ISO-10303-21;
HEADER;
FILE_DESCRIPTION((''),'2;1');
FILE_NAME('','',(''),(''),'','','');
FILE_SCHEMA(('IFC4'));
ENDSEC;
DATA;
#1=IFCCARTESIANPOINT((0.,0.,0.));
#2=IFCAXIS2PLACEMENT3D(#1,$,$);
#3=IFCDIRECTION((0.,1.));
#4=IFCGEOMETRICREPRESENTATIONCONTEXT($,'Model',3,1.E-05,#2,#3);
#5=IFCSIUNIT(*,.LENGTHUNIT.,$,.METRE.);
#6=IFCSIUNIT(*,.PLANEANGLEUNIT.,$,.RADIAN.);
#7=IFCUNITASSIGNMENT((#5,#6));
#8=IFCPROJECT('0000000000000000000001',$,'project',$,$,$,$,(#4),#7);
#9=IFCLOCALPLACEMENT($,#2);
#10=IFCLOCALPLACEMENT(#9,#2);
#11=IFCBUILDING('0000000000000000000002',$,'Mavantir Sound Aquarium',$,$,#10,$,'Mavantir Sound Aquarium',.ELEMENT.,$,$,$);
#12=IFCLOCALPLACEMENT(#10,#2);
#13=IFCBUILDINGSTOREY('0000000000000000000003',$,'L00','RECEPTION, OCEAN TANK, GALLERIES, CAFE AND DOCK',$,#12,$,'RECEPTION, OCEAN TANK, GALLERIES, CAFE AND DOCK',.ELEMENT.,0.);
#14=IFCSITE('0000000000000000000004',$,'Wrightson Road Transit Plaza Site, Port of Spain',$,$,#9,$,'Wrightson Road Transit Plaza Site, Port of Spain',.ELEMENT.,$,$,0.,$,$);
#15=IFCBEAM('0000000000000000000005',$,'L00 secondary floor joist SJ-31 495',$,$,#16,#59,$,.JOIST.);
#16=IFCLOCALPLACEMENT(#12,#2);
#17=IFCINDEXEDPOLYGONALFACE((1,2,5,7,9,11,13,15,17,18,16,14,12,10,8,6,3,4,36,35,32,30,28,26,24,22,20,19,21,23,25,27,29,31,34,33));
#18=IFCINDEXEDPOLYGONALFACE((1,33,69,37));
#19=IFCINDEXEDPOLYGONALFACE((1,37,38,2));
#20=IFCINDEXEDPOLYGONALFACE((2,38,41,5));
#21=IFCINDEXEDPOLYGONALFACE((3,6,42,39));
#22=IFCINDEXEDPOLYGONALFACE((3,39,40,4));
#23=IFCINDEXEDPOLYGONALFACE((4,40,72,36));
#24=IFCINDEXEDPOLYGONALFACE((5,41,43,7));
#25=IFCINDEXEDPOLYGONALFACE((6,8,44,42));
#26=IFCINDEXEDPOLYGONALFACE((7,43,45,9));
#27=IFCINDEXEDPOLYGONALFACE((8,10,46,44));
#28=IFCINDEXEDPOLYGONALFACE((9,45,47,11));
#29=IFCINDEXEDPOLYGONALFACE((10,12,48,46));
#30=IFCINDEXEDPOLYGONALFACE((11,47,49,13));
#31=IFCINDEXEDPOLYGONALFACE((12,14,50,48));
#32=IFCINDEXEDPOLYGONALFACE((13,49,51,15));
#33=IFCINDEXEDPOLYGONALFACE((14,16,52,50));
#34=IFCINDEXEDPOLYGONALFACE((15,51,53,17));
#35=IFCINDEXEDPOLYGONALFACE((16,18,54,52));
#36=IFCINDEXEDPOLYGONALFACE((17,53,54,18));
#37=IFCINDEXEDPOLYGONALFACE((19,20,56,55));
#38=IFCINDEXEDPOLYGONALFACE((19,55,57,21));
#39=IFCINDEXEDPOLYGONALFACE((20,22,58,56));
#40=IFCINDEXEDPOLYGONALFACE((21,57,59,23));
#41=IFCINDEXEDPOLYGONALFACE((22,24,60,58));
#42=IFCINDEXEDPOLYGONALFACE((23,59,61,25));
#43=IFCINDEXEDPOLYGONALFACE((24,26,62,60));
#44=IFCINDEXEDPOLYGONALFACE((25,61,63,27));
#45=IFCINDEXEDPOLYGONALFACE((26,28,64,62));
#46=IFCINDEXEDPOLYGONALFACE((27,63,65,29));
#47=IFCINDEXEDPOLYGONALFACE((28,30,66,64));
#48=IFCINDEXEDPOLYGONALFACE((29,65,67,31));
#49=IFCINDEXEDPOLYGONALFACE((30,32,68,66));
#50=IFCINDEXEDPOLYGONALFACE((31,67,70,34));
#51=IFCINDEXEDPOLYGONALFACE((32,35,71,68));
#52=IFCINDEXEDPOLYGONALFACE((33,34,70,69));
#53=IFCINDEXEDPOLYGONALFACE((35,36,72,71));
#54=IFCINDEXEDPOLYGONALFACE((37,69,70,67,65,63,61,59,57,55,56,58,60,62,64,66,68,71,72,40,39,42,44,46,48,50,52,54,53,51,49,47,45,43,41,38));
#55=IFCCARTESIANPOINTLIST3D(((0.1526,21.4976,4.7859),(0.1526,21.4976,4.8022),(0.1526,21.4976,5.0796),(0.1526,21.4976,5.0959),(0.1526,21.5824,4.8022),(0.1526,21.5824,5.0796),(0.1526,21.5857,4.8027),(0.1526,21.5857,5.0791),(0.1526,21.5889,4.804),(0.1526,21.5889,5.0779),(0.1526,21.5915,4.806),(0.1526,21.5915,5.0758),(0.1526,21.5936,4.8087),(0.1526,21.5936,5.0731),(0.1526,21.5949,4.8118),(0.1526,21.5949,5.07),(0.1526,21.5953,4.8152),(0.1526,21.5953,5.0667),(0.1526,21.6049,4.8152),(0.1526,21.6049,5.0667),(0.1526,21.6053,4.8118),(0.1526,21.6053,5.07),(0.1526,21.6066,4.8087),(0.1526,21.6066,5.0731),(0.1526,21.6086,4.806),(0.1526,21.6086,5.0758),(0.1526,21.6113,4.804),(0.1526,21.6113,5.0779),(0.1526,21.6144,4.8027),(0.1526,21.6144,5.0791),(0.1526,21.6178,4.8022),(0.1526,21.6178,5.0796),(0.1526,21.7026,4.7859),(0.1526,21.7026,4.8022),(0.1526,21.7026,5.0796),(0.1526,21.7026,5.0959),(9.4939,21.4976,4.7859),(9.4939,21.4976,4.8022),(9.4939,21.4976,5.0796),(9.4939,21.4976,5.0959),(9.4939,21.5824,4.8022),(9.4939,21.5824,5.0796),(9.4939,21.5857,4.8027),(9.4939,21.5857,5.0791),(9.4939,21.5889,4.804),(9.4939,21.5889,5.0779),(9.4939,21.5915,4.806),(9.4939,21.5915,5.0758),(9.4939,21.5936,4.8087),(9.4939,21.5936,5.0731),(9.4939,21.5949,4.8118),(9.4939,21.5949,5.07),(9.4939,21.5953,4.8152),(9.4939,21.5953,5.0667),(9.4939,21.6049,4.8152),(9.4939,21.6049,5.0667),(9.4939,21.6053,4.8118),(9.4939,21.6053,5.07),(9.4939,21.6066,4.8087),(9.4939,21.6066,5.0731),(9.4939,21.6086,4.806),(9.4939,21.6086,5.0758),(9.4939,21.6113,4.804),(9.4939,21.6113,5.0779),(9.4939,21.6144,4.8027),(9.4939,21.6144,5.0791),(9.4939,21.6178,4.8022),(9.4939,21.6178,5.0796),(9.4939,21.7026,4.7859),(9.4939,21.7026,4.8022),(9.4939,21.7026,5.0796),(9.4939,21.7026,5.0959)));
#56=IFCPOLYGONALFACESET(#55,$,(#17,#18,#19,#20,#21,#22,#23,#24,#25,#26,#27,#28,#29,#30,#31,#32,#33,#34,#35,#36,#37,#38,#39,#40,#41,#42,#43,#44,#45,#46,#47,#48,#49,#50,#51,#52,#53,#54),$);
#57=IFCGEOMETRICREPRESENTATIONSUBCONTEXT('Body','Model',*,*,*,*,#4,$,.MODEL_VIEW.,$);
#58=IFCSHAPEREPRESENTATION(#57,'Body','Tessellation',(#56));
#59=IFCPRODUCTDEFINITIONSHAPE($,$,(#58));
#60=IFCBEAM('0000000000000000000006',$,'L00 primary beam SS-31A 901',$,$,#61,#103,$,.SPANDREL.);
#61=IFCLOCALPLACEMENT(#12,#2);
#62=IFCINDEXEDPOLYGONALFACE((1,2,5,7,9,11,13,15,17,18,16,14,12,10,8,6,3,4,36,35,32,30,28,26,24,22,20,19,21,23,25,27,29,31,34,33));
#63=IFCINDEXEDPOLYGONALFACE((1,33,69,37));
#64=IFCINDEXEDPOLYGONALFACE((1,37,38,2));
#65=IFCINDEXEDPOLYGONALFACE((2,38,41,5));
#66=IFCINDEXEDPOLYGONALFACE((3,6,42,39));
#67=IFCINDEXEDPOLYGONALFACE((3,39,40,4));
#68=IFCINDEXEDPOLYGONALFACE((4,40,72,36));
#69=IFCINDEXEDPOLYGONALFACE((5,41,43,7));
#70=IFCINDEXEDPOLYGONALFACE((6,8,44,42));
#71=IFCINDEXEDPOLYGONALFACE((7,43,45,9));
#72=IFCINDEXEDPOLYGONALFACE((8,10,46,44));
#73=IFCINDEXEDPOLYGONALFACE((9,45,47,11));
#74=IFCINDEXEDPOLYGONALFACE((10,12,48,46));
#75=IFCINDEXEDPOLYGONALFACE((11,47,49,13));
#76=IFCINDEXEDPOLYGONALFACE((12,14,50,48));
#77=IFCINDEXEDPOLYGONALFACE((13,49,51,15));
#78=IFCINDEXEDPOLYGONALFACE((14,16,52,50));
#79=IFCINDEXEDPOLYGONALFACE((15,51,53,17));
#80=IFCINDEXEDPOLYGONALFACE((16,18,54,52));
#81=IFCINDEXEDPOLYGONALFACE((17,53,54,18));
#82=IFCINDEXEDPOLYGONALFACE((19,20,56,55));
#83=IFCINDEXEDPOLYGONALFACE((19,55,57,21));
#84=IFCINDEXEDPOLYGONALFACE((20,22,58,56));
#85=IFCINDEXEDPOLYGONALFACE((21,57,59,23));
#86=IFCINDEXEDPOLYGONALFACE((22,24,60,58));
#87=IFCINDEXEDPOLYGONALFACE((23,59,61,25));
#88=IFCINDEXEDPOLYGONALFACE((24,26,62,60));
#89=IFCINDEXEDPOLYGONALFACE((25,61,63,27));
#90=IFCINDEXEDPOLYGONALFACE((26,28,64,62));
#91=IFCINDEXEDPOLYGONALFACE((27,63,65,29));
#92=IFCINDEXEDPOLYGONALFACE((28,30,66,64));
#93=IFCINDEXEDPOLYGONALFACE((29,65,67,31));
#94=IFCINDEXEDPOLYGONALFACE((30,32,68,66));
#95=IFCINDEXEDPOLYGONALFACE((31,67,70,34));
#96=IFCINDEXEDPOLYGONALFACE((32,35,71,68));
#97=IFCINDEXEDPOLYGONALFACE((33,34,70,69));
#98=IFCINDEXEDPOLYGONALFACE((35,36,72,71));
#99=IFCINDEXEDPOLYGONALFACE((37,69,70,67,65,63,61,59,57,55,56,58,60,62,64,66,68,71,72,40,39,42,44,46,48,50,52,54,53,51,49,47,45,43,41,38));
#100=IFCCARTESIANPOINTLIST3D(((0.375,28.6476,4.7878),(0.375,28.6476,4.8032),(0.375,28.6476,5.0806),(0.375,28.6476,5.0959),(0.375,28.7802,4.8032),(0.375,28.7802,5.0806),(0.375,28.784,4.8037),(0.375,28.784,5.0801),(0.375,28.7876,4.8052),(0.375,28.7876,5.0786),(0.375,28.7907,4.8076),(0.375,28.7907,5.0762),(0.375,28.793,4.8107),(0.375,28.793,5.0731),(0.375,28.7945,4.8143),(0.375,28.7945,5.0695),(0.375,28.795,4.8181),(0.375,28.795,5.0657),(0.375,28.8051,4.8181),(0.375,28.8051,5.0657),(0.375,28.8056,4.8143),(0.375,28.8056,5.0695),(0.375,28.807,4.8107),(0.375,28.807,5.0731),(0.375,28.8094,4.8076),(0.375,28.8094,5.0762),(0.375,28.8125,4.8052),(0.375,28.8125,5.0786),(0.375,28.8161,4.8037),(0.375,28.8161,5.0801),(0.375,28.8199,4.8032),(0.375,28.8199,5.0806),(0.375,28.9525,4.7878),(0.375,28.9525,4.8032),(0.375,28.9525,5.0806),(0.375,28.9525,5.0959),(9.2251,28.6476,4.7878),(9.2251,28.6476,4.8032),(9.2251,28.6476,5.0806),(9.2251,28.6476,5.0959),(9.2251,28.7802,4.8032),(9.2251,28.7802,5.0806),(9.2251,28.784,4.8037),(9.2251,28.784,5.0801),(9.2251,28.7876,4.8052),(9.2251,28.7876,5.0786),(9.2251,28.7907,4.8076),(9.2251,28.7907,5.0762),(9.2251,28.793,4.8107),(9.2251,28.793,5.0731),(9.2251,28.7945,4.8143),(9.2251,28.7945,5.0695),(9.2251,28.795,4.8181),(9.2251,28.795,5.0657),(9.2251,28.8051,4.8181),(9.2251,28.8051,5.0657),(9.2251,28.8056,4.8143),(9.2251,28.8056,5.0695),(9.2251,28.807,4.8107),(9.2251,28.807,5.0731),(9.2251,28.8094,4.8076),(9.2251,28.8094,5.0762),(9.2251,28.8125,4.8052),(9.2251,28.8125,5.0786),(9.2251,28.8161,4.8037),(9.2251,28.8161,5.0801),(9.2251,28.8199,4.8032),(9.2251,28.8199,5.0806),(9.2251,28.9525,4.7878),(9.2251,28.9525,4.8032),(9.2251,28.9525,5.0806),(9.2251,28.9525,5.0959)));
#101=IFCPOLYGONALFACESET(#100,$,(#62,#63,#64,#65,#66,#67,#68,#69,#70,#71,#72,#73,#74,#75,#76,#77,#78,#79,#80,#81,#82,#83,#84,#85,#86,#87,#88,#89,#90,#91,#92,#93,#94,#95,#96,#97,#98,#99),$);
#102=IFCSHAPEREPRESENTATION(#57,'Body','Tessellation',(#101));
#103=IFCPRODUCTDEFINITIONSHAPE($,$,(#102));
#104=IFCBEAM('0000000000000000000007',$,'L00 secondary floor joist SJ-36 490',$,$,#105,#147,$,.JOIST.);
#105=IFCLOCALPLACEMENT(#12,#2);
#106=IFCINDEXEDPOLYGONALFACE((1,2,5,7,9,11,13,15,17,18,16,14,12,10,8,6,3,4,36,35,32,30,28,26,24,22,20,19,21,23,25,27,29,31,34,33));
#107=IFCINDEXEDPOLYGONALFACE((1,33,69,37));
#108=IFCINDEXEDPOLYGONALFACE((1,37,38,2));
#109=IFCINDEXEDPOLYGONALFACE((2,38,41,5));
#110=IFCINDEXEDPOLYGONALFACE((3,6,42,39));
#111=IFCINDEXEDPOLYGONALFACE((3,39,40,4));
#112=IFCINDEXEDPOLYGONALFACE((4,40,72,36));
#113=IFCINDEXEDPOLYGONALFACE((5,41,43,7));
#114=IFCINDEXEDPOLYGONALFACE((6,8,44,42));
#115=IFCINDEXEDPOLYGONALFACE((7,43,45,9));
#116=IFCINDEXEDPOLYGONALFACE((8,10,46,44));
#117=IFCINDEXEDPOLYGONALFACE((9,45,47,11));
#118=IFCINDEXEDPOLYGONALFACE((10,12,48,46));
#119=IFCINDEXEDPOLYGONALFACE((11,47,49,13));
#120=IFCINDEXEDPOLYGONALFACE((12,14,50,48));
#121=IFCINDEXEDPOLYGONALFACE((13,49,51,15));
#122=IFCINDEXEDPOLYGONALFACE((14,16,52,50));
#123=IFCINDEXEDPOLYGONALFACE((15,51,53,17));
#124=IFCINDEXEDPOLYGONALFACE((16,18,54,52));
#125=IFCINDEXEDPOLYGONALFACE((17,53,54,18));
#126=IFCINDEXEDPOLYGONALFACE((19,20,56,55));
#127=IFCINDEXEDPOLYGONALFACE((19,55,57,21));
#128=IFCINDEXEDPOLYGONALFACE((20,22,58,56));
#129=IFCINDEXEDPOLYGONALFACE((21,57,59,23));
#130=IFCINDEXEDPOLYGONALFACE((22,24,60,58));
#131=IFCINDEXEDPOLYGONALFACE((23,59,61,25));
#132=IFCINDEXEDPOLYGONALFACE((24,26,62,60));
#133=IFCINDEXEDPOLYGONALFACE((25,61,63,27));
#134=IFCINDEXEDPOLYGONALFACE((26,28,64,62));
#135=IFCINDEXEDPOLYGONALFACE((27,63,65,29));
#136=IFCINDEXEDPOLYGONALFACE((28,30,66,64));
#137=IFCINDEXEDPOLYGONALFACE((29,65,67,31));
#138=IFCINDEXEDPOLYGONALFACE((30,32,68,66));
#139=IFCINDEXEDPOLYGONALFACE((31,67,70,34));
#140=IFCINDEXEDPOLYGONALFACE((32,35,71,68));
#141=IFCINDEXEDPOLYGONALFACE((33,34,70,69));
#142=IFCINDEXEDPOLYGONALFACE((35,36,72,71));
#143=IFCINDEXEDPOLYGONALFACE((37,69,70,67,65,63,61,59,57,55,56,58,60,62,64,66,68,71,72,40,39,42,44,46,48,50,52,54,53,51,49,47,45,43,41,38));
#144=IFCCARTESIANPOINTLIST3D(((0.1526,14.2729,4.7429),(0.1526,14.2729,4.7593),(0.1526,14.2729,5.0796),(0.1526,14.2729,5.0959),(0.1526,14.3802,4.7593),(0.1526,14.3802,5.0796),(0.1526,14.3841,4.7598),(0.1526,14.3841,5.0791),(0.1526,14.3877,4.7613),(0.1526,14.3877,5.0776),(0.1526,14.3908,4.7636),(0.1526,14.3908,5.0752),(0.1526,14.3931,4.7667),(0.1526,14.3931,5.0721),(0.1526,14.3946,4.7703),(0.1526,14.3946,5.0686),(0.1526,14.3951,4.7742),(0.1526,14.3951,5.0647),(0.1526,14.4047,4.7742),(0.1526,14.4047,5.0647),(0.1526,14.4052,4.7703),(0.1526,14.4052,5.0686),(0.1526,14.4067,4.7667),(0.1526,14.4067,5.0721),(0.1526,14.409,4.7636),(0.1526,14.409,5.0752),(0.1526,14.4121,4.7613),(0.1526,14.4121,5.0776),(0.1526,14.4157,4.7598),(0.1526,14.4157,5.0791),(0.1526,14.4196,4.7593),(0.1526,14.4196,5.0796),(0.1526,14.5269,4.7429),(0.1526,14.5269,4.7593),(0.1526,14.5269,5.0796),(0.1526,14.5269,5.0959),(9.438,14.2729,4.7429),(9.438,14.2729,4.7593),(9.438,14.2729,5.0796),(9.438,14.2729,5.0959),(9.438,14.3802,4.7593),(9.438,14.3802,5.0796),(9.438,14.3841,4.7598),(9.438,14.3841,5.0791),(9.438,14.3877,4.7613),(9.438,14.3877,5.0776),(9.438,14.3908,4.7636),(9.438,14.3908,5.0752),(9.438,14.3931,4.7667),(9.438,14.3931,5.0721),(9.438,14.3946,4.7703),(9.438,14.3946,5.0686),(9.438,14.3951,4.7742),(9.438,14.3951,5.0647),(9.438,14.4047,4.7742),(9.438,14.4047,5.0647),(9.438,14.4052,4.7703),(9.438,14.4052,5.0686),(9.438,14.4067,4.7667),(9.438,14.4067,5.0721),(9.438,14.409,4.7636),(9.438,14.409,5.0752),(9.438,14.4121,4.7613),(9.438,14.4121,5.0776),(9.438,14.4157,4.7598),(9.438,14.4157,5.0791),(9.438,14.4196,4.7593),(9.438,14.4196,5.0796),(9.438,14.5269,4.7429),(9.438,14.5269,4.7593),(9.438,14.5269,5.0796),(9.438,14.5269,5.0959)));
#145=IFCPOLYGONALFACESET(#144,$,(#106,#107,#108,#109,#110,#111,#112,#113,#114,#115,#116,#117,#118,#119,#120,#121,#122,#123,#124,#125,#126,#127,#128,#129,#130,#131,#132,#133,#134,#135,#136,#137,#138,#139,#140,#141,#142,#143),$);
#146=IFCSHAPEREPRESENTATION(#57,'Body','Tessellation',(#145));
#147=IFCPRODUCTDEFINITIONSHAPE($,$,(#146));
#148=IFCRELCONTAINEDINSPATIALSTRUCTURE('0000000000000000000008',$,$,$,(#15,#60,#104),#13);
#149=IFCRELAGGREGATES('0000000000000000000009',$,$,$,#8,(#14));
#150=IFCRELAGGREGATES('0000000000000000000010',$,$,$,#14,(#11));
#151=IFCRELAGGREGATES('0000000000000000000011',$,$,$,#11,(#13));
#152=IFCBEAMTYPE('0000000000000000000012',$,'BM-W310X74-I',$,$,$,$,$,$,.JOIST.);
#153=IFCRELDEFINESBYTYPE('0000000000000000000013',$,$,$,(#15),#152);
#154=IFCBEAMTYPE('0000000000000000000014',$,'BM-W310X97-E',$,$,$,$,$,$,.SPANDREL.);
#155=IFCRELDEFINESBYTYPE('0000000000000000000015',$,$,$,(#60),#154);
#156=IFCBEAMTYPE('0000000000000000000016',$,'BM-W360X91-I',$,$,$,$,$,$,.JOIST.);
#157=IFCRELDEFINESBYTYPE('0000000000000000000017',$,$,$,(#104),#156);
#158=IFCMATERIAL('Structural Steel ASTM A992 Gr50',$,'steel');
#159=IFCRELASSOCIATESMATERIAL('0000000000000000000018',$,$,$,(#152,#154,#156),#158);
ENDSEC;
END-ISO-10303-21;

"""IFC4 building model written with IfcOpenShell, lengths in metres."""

from ifc_helpers import new_model, si_unit, direction, frame, origin, origin_2d, place, context, subcontext, project, spatial, i_section, extrude, material, material_profile, profile_set, type_object, element, save


model = new_model("IFC4")

# Units and contexts
model_context = context("Model", 3, precision=1e-05, world=origin(), true_north=direction((0.0, 1.0)))
body_context = subcontext(model_context, "Body", "Model", "MODEL_VIEW")
ifc_project = project(units=[si_unit("LENGTHUNIT", "METRE"), si_unit("PLANEANGLEUNIT", "RADIAN")], contexts=[model_context])

# Site, building, storey
site_placement = place(None, origin())
site = spatial("IfcSite", under=ifc_project, at=site_placement, Name="Wrightson Road Transit Plaza Site, Port of Spain", LongName="Wrightson Road Transit Plaza Site, Port of Spain", CompositionType="ELEMENT", RefElevation=0.0)
building_placement = place(site_placement, origin())
building = spatial("IfcBuilding", under=site, at=building_placement, Name="Mavantir Sound Aquarium", LongName="Mavantir Sound Aquarium", CompositionType="ELEMENT")
storey_placement = place(building_placement, origin())
storey = spatial("IfcBuildingStorey", under=building, at=storey_placement, Name="L00", Description="RECEPTION, OCEAN TANK, GALLERIES, CAFE AND DOCK", LongName="RECEPTION, OCEAN TANK, GALLERIES, CAFE AND DOCK", CompositionType="ELEMENT", Elevation=0.0)

# Beams
ifc_material_1 = material(Name="Structural Steel ASTM A992 Gr50", Category="steel")
ifc_material_profile_1 = material_profile(ifc_material_1, i_section(OverallWidth=0.2051, OverallDepth=0.3101, WebThickness=0.0095, FlangeThickness=0.0164, FilletRadius=0.0129, at=origin_2d()), Name="W310X74")
ifc_profile_set_1 = profile_set([ifc_material_profile_1], Name="Structural Steel ASTM A992 Gr50")
beam_type_1 = type_object("IfcBeamType", Name="BM-W310X74-I", PredefinedType="JOIST", material=ifc_profile_set_1)
beam_1_placement = place(storey_placement, frame((0.1526, 21.6001, 4.9409), z_axis=(1.0, 0.0, 0.0), x_axis=(0.0, 1.0, 0.0)))
element("IfcBeam", 1, at=beam_1_placement, inside=storey, type_object=beam_type_1, Name="L00 secondary floor joist SJ-31 495", PredefinedType="JOIST", context=body_context, shape_type="SweptSolid", body=[
    extrude(i_section(OverallWidth=0.2051, OverallDepth=0.3101, WebThickness=0.0095, FlangeThickness=0.0164, FilletRadius=0.0129, at=origin_2d()), origin(), (0.0, 0.0, 1.0), 9.3413),
])
ifc_material_profile_2 = material_profile(ifc_material_1, i_section(OverallWidth=0.3049, OverallDepth=0.3081, WebThickness=0.01, FlangeThickness=0.0154, FilletRadius=0.0149, at=origin_2d()), Name="W310X97")
ifc_profile_set_2 = profile_set([ifc_material_profile_2], Name="Structural Steel ASTM A992 Gr50")
beam_type_2 = type_object("IfcBeamType", Name="BM-W310X97-E", PredefinedType="SPANDREL", material=ifc_profile_set_2)
beam_2_placement = place(storey_placement, frame((0.375, 28.8, 4.9419), z_axis=(1.0, 0.0, 0.0), x_axis=(0.0, 1.0, 0.0)))
element("IfcBeam", 2, at=beam_2_placement, inside=storey, type_object=beam_type_2, Name="L00 primary beam SS-31A 901", PredefinedType="SPANDREL", context=body_context, shape_type="SweptSolid", body=[
    extrude(i_section(OverallWidth=0.3049, OverallDepth=0.3081, WebThickness=0.01, FlangeThickness=0.0154, FilletRadius=0.0149, at=origin_2d()), origin(), (0.0, 0.0, 1.0), 8.8501),
])
ifc_material_profile_3 = material_profile(ifc_material_1, i_section(OverallWidth=0.2539, OverallDepth=0.353, WebThickness=0.0095, FlangeThickness=0.0164, FilletRadius=0.0149, at=origin_2d()), Name="W360X91")
ifc_profile_set_3 = profile_set([ifc_material_profile_3], Name="Structural Steel ASTM A992 Gr50")
beam_type_3 = type_object("IfcBeamType", Name="BM-W360X91-I", PredefinedType="JOIST", material=ifc_profile_set_3)
beam_3_placement = place(storey_placement, frame((0.1526, 14.3999, 4.9194), z_axis=(1.0, 0.0, 0.0), x_axis=(0.0, 1.0, 0.0)))
element("IfcBeam", 3, at=beam_3_placement, inside=storey, type_object=beam_type_3, Name="L00 secondary floor joist SJ-36 490", PredefinedType="JOIST", context=body_context, shape_type="SweptSolid", body=[
    extrude(i_section(OverallWidth=0.2539, OverallDepth=0.353, WebThickness=0.0095, FlangeThickness=0.0164, FilletRadius=0.0149, at=origin_2d()), origin(), (0.0, 0.0, 1.0), 9.2854),
])

save(model, "model.ifc")
